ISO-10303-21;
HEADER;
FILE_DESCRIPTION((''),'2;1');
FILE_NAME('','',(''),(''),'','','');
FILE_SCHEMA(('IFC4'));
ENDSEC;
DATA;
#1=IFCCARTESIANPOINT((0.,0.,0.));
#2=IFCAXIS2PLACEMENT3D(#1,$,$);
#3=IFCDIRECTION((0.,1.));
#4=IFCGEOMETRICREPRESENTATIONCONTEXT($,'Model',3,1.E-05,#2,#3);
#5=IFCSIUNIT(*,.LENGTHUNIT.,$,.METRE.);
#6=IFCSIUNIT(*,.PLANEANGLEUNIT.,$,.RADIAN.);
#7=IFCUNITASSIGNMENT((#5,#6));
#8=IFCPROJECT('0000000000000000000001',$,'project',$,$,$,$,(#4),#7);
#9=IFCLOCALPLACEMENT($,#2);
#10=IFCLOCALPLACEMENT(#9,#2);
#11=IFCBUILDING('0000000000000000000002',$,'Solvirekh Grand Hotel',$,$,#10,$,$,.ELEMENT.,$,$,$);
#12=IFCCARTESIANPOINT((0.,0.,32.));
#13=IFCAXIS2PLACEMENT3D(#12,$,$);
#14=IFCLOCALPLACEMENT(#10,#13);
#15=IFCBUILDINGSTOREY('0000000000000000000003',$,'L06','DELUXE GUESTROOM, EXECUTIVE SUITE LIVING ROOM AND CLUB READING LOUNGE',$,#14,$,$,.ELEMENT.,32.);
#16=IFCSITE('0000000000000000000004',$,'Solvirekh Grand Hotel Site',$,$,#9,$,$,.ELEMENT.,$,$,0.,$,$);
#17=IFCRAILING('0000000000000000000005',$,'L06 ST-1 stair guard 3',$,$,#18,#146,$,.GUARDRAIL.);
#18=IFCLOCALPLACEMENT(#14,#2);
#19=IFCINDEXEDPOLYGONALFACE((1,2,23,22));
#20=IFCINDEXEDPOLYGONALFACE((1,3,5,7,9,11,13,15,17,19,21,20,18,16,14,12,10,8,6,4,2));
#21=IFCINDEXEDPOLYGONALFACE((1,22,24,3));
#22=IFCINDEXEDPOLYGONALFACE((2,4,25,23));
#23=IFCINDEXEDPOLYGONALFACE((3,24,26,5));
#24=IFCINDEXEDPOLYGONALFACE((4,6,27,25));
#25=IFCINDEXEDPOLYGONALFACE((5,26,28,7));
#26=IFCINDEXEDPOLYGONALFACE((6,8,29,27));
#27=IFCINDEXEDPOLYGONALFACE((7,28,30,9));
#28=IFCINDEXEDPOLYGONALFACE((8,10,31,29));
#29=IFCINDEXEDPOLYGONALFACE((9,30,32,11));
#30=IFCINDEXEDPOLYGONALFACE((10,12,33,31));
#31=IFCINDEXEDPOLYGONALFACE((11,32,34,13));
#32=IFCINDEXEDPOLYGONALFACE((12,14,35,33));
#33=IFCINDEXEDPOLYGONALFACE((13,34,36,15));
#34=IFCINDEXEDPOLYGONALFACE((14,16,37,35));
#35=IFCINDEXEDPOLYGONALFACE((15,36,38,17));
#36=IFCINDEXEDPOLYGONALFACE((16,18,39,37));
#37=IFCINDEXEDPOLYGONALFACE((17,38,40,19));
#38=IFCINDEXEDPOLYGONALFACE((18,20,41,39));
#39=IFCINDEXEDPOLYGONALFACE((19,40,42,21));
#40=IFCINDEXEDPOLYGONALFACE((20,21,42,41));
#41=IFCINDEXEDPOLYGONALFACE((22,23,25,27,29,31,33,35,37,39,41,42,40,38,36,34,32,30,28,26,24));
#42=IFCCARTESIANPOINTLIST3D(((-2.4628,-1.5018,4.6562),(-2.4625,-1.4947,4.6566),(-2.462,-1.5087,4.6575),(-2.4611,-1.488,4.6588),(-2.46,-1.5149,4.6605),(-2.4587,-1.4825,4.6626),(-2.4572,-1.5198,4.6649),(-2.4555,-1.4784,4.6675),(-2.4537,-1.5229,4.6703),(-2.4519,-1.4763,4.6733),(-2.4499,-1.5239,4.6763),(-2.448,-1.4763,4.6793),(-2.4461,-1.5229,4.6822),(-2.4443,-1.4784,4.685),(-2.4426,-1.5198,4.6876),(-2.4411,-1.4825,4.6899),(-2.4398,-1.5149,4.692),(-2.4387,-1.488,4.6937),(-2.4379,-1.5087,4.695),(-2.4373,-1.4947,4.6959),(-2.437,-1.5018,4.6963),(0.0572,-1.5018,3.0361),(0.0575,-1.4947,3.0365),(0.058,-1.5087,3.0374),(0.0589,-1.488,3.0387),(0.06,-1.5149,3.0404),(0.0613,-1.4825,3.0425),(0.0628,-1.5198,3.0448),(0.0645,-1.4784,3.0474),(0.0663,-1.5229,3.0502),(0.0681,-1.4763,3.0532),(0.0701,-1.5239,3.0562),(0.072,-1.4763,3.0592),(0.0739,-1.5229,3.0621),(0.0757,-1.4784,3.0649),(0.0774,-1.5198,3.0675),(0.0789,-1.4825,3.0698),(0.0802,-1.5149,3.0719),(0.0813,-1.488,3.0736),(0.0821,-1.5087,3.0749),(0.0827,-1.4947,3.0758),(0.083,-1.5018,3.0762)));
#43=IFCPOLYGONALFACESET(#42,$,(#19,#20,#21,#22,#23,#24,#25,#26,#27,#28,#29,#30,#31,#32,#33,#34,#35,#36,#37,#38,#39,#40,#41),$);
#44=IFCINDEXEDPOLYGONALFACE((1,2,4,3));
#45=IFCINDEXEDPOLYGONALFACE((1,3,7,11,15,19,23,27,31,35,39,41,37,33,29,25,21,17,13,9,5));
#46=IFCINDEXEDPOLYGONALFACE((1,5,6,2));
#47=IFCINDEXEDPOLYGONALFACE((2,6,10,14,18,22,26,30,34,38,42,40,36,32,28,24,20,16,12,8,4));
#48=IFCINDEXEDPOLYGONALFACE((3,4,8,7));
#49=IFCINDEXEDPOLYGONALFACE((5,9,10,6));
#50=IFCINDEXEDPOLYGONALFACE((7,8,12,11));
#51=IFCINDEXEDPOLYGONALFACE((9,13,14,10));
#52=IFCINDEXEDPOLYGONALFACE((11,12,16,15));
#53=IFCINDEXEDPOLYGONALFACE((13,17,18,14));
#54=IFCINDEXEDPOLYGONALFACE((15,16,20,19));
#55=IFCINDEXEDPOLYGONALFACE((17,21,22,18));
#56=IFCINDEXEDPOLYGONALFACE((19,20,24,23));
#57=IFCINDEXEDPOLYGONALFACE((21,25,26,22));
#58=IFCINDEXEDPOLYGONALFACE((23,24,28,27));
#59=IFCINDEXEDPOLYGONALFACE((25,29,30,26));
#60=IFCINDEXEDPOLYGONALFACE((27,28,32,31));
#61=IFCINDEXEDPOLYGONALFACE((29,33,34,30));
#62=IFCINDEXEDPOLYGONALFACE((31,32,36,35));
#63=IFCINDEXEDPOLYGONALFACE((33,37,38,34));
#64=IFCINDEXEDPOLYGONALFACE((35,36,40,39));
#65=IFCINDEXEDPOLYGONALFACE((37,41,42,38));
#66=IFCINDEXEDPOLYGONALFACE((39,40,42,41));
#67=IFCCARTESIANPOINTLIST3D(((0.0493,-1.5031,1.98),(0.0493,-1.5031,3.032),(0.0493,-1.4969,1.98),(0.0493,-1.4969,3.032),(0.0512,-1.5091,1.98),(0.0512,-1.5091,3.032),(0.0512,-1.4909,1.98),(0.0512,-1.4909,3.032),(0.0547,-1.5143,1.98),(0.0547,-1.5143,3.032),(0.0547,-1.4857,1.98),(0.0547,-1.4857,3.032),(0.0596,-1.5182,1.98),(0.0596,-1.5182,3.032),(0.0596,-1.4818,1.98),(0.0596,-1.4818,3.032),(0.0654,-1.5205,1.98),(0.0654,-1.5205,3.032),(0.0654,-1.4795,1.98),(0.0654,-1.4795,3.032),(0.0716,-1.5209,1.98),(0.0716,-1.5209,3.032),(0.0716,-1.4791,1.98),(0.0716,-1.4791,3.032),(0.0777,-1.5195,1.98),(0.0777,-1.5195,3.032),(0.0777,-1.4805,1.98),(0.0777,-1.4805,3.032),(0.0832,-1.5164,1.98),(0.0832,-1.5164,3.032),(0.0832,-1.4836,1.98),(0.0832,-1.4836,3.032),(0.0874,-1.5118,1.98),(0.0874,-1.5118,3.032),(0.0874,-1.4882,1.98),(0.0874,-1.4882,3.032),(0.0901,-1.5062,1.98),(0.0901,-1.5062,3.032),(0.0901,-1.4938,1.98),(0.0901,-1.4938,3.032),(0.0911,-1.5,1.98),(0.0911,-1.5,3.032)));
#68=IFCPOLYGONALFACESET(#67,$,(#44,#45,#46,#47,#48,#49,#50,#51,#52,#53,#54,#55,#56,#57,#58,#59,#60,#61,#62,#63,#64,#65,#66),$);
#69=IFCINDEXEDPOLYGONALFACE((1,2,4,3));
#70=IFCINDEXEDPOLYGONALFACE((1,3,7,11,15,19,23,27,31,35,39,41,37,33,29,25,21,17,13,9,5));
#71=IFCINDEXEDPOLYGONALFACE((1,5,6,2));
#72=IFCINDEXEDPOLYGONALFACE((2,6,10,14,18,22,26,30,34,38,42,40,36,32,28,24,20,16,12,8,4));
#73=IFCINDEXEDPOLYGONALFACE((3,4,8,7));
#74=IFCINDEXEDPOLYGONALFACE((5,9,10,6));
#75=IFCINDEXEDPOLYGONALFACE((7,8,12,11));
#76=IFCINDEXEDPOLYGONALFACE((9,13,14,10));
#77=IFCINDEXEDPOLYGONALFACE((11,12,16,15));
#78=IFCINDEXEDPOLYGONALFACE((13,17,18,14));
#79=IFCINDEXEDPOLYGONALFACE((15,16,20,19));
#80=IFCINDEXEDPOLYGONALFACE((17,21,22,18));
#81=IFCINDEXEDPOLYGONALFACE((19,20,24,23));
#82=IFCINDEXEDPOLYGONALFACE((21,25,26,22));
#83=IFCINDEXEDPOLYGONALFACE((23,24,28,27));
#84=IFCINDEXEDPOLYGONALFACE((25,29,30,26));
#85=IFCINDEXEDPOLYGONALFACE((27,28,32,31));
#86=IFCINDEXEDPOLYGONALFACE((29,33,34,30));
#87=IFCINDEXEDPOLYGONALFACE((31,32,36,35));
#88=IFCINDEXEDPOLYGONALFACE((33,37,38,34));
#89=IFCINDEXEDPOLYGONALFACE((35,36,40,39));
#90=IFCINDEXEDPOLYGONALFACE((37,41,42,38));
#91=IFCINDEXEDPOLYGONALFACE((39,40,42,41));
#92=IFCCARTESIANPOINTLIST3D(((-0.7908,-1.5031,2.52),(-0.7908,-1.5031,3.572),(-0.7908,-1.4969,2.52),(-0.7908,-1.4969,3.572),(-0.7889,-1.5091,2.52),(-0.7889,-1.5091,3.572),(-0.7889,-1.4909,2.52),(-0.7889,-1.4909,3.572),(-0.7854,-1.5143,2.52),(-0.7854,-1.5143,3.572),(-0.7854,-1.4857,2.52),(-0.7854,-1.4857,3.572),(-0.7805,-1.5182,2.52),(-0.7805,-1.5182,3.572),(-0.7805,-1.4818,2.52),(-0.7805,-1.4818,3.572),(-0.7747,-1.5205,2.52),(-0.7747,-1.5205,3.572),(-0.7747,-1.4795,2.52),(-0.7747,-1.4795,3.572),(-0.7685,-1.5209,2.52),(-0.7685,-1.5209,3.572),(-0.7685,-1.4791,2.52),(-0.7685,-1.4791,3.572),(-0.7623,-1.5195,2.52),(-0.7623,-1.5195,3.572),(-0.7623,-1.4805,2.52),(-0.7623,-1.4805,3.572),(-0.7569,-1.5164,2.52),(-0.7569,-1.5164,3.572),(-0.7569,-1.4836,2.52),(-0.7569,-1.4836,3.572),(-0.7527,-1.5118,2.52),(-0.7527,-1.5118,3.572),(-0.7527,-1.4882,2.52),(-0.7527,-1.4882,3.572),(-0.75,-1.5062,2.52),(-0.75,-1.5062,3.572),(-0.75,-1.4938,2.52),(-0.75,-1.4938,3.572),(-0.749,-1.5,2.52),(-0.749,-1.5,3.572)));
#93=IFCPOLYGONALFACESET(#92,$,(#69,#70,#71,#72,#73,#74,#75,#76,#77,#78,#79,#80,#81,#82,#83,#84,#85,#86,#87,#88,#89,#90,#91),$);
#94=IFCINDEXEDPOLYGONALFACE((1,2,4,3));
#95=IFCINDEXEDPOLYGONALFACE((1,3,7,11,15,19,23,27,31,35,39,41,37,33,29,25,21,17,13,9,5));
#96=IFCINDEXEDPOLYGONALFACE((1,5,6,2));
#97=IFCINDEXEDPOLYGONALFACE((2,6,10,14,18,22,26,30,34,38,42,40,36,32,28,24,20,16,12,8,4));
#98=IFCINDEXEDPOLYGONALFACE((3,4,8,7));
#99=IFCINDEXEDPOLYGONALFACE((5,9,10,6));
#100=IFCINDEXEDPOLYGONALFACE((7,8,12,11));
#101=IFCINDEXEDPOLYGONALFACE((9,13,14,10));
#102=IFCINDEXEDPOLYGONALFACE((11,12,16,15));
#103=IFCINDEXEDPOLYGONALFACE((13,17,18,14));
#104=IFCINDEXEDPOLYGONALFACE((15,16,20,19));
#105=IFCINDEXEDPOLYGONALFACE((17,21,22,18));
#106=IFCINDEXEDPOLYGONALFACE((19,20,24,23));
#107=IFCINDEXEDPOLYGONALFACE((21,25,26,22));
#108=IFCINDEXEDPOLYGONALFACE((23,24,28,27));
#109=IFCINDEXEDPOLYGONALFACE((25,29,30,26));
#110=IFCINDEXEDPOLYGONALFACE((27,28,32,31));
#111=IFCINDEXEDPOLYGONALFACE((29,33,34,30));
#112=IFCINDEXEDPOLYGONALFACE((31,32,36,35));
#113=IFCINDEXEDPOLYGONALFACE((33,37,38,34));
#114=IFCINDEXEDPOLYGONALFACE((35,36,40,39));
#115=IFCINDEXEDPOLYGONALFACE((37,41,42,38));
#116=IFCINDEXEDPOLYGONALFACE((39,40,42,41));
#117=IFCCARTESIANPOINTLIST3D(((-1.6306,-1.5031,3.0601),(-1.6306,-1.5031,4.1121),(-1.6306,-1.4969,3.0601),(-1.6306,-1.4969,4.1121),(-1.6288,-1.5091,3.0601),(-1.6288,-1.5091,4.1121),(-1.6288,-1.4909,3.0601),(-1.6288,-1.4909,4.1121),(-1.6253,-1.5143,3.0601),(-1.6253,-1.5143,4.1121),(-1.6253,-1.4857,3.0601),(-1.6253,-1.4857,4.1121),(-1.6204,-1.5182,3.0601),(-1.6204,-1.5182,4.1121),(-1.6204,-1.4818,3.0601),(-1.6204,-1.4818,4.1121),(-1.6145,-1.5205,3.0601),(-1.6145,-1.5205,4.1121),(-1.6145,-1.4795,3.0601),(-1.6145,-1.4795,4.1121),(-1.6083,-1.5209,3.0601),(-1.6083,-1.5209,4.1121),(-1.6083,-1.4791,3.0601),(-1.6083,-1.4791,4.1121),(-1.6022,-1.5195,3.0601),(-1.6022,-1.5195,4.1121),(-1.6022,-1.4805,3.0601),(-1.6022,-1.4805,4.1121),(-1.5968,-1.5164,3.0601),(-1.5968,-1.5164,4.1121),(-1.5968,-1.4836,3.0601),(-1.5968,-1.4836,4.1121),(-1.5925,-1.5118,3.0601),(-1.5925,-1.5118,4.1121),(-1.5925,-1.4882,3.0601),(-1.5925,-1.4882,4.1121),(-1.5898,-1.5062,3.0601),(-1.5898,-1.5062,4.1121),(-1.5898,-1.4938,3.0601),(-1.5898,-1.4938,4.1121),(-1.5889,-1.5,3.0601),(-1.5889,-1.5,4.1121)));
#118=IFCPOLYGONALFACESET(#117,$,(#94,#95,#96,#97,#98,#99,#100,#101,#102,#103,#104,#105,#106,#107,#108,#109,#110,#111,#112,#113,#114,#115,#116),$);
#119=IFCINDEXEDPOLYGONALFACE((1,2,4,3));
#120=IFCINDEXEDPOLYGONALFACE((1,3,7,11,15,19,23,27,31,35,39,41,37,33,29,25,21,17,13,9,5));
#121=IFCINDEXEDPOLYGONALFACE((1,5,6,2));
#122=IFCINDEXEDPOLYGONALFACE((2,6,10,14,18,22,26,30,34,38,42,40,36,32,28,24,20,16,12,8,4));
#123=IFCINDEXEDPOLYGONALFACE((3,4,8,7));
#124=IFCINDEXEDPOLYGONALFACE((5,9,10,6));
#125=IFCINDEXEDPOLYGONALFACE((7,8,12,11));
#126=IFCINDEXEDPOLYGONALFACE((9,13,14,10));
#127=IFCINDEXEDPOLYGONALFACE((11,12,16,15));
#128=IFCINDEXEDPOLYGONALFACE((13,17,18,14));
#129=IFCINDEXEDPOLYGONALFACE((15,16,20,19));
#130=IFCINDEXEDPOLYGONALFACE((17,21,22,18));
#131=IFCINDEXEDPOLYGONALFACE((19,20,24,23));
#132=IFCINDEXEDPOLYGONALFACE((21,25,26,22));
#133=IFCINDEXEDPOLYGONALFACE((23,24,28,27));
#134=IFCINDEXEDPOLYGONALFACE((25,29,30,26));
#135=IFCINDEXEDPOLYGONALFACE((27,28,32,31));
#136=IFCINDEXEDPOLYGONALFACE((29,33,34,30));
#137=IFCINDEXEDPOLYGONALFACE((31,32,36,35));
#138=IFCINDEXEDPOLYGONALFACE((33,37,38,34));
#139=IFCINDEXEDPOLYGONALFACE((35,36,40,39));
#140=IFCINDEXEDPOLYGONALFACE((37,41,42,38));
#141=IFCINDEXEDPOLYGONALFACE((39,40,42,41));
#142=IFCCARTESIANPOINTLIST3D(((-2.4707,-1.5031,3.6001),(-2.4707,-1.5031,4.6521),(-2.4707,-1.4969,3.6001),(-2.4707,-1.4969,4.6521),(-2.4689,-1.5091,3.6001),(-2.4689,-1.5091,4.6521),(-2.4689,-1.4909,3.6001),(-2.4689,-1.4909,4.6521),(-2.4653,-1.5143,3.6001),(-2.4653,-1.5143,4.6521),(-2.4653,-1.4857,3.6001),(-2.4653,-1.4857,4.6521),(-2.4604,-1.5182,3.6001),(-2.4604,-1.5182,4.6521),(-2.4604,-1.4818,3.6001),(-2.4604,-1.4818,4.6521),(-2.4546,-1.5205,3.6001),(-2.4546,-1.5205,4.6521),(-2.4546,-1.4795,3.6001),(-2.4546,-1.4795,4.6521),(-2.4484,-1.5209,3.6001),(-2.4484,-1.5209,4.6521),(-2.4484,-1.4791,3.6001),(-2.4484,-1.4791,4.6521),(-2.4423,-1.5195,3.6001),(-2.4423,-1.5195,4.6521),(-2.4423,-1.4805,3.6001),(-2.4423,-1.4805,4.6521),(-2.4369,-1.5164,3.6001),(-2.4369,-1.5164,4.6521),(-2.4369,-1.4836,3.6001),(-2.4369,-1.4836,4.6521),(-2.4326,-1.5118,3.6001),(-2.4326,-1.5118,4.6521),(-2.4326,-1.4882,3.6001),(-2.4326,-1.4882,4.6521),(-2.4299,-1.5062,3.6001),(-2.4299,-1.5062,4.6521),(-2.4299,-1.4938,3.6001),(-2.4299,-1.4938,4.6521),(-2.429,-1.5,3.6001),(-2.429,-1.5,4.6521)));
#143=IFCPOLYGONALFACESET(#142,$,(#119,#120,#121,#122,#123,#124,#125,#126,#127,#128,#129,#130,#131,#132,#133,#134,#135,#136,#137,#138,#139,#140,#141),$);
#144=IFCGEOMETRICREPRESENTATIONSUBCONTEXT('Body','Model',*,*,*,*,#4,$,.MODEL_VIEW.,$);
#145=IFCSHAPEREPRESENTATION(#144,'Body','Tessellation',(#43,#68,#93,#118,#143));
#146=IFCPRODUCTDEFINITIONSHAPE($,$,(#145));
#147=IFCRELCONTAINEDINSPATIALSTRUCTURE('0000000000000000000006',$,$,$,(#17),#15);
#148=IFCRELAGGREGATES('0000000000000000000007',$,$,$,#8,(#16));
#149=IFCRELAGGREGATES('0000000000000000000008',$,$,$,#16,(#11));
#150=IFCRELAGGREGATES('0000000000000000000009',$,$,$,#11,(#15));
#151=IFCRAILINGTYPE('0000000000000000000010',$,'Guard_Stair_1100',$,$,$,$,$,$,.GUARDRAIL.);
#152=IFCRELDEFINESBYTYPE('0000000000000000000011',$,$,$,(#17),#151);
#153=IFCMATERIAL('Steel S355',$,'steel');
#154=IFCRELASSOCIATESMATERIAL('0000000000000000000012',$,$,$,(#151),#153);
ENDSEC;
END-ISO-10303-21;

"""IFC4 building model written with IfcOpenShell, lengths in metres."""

from ifc_helpers import new_model, si_unit, direction, frame, origin, origin_2d, place, context, subcontext, project, spatial, circle, extrude, material, type_object, element, save


model = new_model("IFC4")

# Units and contexts
model_context = context("Model", 3, precision=1e-05, world=origin(), true_north=direction((0.0, 1.0)))
body_context = subcontext(model_context, "Body", "Model", "MODEL_VIEW")
ifc_project = project(units=[si_unit("LENGTHUNIT", "METRE"), si_unit("PLANEANGLEUNIT", "RADIAN")], contexts=[model_context])

# Site, building, storey
site_placement = place(None, origin())
site = spatial("IfcSite", under=ifc_project, at=site_placement, Name="Solvirekh Grand Hotel Site", CompositionType="ELEMENT", RefElevation=0.0)
building_placement = place(site_placement, origin())
building = spatial("IfcBuilding", under=site, at=building_placement, Name="Solvirekh Grand Hotel", CompositionType="ELEMENT")
storey_placement = place(building_placement, frame((0.0, 0.0, 32.0)))
storey = spatial("IfcBuildingStorey", under=building, at=storey_placement, Name="L06", Description="DELUXE GUESTROOM, EXECUTIVE SUITE LIVING ROOM AND CLUB READING LOUNGE", CompositionType="ELEMENT", Elevation=32.0)

# Railing
ifc_material_1 = material(Name="Steel S355", Category="steel")
railing_type_1 = type_object("IfcRailingType", Name="Guard_Stair_1100", PredefinedType="GUARDRAIL", material=ifc_material_1)
railing_1_placement = place(storey_placement, frame((0.0701, -1.5, 1.98)))
element("IfcRailing", 1, at=railing_1_placement, inside=storey, type_object=railing_type_1, Name="L06 ST-1 stair guard 3", PredefinedType="GUARDRAIL", context=body_context, shape_type="SweptSolid", body=[
    extrude(circle(Radius=0.0239, at=origin_2d()), frame((0.0, 0.0, 1.0762), z_axis=(-0.841163, 0.0, 0.540782), x_axis=(0.0, -1.0, 0.0)), (0.0, 0.0, 1.0), 2.9958),
    extrude(circle(Radius=0.021, at=origin_2d()), origin(), (0.0, 0.0, 1.0), 1.052),
    extrude(circle(Radius=0.021, at=origin_2d()), frame((-0.8401, 0.0, 0.54)), (0.0, 0.0, 1.0), 1.052),
    extrude(circle(Radius=0.021, at=origin_2d()), frame((-1.6799, 0.0, 1.0801)), (0.0, 0.0, 1.0), 1.052),
    extrude(circle(Radius=0.021, at=origin_2d()), frame((-2.52, 0.0, 1.6201)), (0.0, 0.0, 1.0), 1.052),
])

save(model, "model.ifc")
